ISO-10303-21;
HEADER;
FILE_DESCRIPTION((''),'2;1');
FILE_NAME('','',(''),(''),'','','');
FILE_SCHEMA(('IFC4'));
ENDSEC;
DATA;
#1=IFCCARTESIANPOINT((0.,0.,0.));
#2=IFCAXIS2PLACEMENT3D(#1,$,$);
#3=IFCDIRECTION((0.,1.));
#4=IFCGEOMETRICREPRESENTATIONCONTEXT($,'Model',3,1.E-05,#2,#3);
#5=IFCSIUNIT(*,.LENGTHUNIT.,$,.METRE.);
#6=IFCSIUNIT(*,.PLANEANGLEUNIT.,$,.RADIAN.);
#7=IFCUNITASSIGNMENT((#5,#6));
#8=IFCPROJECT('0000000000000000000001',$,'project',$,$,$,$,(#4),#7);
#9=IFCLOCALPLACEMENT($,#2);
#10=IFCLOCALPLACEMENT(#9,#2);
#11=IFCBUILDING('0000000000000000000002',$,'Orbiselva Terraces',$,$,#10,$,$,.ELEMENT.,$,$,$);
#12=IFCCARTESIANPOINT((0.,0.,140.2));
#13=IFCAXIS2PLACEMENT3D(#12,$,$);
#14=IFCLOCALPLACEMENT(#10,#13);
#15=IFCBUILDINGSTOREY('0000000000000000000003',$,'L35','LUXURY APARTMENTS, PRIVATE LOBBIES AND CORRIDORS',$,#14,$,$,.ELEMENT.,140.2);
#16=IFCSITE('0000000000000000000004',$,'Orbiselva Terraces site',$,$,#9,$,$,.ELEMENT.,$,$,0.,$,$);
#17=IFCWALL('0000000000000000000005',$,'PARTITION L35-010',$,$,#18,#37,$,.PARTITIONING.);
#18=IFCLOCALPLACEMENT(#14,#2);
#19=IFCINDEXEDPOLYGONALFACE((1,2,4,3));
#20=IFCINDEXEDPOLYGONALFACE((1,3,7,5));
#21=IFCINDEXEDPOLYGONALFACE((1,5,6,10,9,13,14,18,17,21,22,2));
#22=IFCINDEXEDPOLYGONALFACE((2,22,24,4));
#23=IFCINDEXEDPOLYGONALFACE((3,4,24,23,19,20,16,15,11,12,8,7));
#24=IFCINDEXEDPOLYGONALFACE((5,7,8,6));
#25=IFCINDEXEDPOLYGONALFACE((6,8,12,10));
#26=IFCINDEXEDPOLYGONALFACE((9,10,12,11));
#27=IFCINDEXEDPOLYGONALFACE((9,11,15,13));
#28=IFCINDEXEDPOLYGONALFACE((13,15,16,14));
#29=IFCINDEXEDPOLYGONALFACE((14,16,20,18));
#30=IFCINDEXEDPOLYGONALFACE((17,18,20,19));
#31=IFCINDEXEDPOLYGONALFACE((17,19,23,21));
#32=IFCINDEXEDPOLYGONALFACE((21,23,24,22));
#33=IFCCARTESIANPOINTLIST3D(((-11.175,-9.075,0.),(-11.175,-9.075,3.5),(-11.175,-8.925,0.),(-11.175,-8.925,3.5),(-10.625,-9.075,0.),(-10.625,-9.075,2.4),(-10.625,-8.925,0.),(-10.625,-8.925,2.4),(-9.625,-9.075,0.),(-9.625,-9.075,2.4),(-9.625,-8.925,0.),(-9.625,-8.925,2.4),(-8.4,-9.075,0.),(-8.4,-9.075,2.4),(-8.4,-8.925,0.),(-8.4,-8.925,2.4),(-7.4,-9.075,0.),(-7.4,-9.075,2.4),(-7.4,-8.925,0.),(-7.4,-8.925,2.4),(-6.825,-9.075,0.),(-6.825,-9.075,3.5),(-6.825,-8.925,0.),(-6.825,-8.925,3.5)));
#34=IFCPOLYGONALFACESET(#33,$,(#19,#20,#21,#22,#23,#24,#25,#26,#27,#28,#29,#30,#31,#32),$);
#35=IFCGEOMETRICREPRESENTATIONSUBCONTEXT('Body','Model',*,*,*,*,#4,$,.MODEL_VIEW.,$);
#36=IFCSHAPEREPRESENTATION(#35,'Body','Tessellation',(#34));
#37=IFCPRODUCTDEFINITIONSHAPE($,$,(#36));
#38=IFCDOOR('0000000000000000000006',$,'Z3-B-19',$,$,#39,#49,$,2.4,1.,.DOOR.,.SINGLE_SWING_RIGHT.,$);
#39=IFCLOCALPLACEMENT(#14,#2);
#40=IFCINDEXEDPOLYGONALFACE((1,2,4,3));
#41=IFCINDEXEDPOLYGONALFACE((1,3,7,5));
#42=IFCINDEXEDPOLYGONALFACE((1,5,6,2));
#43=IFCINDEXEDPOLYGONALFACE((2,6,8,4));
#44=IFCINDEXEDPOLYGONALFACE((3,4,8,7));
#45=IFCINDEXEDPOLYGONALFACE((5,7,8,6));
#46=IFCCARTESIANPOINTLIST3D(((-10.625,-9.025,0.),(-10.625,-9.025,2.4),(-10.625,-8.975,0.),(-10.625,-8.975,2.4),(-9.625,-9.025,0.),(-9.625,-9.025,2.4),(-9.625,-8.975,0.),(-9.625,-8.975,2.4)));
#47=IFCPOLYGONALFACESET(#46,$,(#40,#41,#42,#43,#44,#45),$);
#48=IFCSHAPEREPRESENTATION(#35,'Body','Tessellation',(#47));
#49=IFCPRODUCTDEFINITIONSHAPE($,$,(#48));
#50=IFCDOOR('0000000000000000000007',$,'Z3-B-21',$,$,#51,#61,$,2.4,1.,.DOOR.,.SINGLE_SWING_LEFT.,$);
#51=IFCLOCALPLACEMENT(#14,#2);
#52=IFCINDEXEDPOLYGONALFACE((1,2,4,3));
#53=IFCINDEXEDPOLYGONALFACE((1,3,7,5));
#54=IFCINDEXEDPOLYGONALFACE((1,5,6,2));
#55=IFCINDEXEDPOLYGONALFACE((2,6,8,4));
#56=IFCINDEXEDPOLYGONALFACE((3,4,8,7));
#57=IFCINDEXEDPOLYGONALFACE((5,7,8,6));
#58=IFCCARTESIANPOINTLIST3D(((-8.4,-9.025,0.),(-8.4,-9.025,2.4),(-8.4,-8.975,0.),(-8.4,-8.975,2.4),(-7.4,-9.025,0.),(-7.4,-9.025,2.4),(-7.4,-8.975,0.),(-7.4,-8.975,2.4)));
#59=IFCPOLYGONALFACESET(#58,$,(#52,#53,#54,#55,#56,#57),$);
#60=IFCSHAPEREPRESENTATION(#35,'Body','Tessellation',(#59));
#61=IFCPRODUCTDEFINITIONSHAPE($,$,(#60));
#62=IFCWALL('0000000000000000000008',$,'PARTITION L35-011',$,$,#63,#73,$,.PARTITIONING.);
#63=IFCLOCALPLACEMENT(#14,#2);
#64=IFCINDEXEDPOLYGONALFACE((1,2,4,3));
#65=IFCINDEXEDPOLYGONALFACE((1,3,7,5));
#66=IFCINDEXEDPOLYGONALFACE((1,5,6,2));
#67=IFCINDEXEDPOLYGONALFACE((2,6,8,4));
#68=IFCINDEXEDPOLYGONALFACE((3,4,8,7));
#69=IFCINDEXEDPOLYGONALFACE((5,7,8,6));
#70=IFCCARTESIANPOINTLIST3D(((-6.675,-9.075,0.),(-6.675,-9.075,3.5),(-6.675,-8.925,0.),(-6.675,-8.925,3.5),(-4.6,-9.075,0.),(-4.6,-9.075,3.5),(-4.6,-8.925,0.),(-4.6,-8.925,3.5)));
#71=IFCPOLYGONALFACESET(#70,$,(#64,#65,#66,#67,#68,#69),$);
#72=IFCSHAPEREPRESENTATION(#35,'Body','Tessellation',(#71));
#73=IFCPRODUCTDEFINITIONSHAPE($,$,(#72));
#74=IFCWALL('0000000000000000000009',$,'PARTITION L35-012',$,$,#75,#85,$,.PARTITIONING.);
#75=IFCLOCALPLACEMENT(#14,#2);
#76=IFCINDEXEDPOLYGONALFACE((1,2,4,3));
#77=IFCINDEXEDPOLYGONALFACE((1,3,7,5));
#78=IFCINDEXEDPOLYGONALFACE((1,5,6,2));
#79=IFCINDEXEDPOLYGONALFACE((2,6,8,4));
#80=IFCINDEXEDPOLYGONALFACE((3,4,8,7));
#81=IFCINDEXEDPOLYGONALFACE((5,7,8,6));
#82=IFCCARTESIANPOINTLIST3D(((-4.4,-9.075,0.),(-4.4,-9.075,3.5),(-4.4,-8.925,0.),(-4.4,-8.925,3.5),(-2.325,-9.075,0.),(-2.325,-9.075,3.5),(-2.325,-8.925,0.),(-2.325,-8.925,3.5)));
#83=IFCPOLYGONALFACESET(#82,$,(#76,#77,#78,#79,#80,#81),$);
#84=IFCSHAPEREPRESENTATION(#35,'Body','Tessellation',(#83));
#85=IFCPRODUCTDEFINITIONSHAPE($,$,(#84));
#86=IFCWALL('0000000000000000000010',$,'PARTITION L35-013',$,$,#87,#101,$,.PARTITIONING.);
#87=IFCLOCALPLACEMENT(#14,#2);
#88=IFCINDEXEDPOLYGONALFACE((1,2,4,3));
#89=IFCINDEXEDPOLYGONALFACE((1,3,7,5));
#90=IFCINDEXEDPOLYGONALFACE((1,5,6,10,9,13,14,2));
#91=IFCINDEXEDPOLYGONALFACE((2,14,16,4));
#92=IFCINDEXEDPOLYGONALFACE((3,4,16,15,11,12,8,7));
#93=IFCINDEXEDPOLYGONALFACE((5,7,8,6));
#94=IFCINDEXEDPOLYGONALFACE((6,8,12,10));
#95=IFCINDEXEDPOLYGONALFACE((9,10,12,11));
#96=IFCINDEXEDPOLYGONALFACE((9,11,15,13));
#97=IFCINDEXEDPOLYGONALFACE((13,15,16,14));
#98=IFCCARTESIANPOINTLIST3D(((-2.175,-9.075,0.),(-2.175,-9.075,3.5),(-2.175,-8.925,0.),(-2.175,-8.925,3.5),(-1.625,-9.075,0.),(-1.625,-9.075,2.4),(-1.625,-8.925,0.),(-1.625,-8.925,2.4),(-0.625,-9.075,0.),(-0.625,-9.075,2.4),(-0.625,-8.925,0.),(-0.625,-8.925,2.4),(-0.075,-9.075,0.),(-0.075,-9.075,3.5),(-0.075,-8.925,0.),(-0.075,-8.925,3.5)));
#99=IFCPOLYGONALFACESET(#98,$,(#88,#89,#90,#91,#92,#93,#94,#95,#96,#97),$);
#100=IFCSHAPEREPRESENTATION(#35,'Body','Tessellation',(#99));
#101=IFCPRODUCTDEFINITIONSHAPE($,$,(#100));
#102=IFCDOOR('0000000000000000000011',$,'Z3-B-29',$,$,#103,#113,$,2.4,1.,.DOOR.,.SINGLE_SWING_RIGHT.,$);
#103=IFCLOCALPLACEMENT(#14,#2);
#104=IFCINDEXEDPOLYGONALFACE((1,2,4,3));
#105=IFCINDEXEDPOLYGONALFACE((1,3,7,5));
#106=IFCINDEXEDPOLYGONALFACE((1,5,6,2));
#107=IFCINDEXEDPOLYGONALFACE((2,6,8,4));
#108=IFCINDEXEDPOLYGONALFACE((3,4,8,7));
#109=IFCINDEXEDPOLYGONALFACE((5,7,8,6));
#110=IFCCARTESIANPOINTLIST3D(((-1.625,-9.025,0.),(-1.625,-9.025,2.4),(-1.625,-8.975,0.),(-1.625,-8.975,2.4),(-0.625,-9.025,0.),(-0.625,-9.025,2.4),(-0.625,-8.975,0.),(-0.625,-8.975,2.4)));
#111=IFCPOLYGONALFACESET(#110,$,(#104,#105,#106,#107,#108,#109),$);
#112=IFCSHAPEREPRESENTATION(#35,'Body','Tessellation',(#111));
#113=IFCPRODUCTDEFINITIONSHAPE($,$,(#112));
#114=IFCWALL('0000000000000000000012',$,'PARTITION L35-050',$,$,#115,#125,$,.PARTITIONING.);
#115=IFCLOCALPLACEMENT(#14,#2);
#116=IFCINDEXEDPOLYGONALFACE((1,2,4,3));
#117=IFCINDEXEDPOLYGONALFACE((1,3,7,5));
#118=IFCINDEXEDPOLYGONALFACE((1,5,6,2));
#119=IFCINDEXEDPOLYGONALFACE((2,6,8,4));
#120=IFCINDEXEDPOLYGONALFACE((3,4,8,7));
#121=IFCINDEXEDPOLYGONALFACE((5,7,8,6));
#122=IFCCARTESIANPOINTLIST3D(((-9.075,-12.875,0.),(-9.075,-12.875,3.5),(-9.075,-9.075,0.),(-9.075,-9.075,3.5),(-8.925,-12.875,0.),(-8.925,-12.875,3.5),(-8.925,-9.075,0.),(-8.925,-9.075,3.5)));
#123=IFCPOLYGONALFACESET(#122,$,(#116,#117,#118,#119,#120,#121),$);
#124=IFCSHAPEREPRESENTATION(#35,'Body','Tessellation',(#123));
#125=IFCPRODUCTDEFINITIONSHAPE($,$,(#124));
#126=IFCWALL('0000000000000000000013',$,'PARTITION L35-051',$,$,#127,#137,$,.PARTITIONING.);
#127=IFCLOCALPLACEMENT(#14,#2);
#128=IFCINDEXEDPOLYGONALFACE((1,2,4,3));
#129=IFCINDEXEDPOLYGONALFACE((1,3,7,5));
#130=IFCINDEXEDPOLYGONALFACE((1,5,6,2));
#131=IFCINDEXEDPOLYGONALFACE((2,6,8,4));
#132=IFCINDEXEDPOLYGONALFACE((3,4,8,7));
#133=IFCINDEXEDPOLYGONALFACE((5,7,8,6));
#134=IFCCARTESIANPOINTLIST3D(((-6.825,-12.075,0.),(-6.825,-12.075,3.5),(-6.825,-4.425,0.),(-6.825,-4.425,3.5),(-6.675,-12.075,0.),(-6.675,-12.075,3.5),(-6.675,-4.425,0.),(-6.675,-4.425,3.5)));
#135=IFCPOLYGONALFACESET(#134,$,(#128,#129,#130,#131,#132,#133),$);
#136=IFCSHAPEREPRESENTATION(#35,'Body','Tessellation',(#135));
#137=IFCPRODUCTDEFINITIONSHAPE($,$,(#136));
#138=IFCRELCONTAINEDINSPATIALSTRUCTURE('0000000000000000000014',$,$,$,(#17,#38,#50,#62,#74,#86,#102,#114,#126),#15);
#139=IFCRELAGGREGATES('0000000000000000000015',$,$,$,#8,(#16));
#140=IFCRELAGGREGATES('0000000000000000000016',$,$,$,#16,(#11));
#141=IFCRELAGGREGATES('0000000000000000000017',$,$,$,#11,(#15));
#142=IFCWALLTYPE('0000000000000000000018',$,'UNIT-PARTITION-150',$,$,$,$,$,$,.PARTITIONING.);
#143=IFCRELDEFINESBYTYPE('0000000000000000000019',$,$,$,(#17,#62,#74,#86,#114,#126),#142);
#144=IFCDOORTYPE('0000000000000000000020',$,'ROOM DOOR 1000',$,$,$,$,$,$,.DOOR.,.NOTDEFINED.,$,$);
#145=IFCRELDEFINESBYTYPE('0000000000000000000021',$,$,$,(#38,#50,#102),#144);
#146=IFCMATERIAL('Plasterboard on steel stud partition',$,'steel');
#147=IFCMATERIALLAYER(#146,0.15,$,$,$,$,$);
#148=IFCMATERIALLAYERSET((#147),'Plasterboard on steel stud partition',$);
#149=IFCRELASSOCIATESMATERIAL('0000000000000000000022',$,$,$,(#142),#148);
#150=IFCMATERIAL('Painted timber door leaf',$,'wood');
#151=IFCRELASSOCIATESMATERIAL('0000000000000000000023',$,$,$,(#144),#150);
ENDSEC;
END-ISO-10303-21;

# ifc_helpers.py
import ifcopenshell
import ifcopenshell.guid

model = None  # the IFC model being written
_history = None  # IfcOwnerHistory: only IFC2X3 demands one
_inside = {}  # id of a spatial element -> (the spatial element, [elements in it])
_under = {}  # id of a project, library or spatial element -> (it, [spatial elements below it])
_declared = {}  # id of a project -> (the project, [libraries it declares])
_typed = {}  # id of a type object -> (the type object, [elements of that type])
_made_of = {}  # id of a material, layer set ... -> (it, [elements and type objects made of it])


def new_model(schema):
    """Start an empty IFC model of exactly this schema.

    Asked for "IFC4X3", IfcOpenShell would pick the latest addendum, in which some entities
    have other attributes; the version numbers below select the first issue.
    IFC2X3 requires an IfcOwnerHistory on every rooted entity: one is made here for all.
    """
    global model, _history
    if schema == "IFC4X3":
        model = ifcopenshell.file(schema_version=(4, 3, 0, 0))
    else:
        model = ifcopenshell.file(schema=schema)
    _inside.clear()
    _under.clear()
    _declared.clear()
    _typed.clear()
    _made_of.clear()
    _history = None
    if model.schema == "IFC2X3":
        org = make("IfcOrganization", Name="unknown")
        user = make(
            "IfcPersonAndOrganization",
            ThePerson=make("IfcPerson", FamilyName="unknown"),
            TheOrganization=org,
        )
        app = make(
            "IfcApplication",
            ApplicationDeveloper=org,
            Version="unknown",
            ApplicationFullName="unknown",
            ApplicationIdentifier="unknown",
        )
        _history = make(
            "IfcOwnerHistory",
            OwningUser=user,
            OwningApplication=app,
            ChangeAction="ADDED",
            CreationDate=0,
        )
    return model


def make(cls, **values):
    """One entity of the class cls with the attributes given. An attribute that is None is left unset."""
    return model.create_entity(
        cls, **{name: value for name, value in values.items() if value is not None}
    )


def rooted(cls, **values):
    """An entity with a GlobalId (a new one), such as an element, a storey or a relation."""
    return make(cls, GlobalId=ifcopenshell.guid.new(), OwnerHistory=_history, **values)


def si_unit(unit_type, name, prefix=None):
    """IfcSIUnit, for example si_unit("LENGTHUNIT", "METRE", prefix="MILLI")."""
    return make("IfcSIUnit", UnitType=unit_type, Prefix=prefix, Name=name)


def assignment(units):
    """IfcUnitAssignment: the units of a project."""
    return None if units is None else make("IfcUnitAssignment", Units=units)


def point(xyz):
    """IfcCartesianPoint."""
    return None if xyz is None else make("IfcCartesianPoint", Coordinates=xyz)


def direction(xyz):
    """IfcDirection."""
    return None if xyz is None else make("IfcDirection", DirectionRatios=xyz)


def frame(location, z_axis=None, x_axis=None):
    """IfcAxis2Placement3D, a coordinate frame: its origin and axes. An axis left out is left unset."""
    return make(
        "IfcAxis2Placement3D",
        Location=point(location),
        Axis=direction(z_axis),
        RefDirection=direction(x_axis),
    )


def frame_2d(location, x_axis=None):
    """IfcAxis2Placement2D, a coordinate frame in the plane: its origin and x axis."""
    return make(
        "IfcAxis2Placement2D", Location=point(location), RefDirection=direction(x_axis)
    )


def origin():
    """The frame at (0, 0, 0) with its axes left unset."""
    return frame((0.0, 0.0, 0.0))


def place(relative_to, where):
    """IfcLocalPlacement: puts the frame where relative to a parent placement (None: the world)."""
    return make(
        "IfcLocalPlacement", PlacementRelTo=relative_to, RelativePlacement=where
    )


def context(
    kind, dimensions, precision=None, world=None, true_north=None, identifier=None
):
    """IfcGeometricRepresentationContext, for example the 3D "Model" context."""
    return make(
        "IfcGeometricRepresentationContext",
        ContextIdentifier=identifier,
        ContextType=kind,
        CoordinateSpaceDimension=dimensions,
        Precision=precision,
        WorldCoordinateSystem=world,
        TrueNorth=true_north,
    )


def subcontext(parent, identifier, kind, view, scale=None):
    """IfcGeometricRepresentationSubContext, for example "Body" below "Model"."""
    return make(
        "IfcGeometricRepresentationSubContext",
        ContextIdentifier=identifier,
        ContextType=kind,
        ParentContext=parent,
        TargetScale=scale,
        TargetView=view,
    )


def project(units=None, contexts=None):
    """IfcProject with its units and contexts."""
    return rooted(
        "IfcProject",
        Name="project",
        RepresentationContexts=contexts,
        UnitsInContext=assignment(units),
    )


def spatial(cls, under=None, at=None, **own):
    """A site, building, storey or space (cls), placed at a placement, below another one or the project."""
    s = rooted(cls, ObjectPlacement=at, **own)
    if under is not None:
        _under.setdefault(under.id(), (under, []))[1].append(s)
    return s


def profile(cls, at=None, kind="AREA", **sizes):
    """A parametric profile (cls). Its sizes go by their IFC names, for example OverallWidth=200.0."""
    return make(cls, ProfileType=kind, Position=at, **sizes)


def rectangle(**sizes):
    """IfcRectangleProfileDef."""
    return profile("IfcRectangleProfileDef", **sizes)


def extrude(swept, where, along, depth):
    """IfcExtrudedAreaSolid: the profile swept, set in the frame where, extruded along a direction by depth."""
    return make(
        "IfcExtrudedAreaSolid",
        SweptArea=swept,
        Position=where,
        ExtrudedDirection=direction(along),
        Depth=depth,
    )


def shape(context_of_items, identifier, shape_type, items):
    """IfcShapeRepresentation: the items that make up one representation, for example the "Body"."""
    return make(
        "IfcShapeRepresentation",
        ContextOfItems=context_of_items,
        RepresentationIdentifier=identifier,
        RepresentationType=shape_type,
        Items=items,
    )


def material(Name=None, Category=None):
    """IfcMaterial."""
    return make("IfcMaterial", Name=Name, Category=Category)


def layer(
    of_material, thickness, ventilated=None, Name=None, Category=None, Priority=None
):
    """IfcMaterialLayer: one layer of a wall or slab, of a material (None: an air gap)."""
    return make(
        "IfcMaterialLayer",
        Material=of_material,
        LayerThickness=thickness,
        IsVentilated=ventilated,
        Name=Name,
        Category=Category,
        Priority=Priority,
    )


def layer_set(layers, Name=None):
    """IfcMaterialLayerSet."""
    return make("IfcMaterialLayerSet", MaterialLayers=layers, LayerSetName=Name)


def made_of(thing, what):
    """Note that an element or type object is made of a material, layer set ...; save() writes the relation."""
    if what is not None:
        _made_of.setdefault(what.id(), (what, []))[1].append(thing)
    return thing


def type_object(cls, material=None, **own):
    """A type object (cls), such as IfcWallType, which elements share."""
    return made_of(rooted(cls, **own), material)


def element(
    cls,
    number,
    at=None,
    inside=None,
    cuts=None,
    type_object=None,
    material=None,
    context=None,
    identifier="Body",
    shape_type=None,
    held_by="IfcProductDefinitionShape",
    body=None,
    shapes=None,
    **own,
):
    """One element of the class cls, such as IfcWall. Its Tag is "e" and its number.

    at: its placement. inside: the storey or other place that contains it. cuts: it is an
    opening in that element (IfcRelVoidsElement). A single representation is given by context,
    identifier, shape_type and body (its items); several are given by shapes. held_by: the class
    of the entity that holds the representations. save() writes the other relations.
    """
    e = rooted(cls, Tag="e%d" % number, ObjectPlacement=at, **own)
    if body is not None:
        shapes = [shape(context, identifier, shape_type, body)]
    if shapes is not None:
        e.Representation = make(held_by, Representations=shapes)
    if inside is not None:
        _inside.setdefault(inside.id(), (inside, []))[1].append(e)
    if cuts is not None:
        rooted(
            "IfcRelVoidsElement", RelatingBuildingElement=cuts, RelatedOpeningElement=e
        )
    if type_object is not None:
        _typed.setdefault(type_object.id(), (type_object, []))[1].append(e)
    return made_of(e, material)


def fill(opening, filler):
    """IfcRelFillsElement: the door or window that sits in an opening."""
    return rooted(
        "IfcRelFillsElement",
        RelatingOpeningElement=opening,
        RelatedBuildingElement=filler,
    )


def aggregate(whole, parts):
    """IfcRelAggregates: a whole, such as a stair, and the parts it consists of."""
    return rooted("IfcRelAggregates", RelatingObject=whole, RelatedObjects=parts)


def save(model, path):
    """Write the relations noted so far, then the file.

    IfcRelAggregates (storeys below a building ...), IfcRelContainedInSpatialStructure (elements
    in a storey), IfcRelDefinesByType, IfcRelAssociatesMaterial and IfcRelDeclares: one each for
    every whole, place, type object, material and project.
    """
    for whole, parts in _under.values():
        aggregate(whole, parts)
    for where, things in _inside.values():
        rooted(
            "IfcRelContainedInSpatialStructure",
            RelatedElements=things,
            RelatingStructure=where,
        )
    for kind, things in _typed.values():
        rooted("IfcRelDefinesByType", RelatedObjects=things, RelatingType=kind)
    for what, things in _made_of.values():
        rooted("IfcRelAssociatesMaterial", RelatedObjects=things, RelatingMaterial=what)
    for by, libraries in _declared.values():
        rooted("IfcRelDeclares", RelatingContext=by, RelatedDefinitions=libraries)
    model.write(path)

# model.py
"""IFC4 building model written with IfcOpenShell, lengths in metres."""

from ifc_helpers import new_model, si_unit, direction, frame, frame_2d, origin, place, context, subcontext, project, spatial, rectangle, extrude, material, layer, layer_set, type_object, element, fill, save


model = new_model("IFC4")

# Units and contexts
model_context = context("Model", 3, precision=1e-05, world=origin(), true_north=direction((0.0, 1.0)))
body_context = subcontext(model_context, "Body", "Model", "MODEL_VIEW")
ifc_project = project(units=[si_unit("LENGTHUNIT", "METRE"), si_unit("PLANEANGLEUNIT", "RADIAN")], contexts=[model_context])

# Site, building, storey
site_placement = place(None, origin())
site = spatial("IfcSite", under=ifc_project, at=site_placement, Name="Orbiselva Terraces site", CompositionType="ELEMENT", RefElevation=0.0)
building_placement = place(site_placement, origin())
building = spatial("IfcBuilding", under=site, at=building_placement, Name="Orbiselva Terraces", CompositionType="ELEMENT")
storey_placement = place(building_placement, frame((0.0, 0.0, 140.2)))
storey = spatial("IfcBuildingStorey", under=building, at=storey_placement, Name="L35", Description="LUXURY APARTMENTS, PRIVATE LOBBIES AND CORRIDORS", CompositionType="ELEMENT", Elevation=140.2)

# Shared definitions
ifc_material_1 = material(Name="Plasterboard on steel stud partition", Category="steel")
ifc_layer_1 = layer(ifc_material_1, 0.15)
ifc_layer_set_1 = layer_set([ifc_layer_1], Name="Plasterboard on steel stud partition")
wall_type_1 = type_object("IfcWallType", Name="UNIT-PARTITION-150", PredefinedType="PARTITIONING", material=ifc_layer_set_1)
ifc_material_2 = material(Name="Painted timber door leaf", Category="wood")

# Wall, openings, doors
wall_1_placement = place(storey_placement, frame((-6.825, -9.0, 0.0), z_axis=(0.0, 0.0, 1.0), x_axis=(-1.0, 0.0, 0.0)))
wall_1 = element("IfcWall", 1, at=wall_1_placement, inside=storey, type_object=wall_type_1, Name="PARTITION L35-010", PredefinedType="PARTITIONING", context=body_context, shape_type="SweptSolid", body=[
    extrude(rectangle(XDim=4.35, YDim=0.15, at=frame_2d((2.175, 0.0))), origin(), (0.0, 0.0, 1.0), 3.5),
])
opening_1_placement = place(wall_1_placement, frame((2.8, 0.0, 0.0)))
opening_1 = element("IfcOpeningElement", 2, at=opening_1_placement, cuts=wall_1, PredefinedType="OPENING", context=body_context, shape_type="SweptSolid", body=[
    extrude(rectangle(XDim=1.0, YDim=2.4, at=frame_2d((0.5, 1.2))), frame((0.0, 0.085, 0.0), z_axis=(0.0, -1.0, 0.0), x_axis=(1.0, 0.0, 0.0)), (0.0, 0.0, 1.0), 0.17),
])
opening_2_placement = place(wall_1_placement, frame((0.575, 0.0, 0.0)))
opening_2 = element("IfcOpeningElement", 3, at=opening_2_placement, cuts=wall_1, PredefinedType="OPENING", context=body_context, shape_type="SweptSolid", body=[
    extrude(rectangle(XDim=1.0, YDim=2.4, at=frame_2d((0.5, 1.2))), frame((0.0, 0.085, 0.0), z_axis=(0.0, -1.0, 0.0), x_axis=(1.0, 0.0, 0.0)), (0.0, 0.0, 1.0), 0.17),
])
door_type_1 = type_object("IfcDoorType", Name="ROOM DOOR 1000", OperationType="NOTDEFINED", PredefinedType="DOOR", material=ifc_material_2)
door_1_placement = place(opening_1_placement, origin())
door_1 = element("IfcDoor", 4, at=door_1_placement, inside=storey, type_object=door_type_1, Name="Z3-B-19", OperationType="SINGLE_SWING_RIGHT", OverallHeight=2.4, OverallWidth=1.0, PredefinedType="DOOR", context=body_context, shape_type="SweptSolid", body=[
    extrude(rectangle(XDim=1.0, YDim=2.4, at=frame_2d((0.5, 1.2))), frame((0.0, 0.025, 0.0), z_axis=(0.0, -1.0, 0.0), x_axis=(1.0, 0.0, 0.0)), (0.0, 0.0, 1.0), 0.05),
])
fill(opening_1, door_1)
door_2_placement = place(opening_2_placement, origin())
door_2 = element("IfcDoor", 5, at=door_2_placement, inside=storey, type_object=door_type_1, Name="Z3-B-21", OperationType="SINGLE_SWING_LEFT", OverallHeight=2.4, OverallWidth=1.0, PredefinedType="DOOR", context=body_context, shape_type="SweptSolid", body=[
    extrude(rectangle(XDim=1.0, YDim=2.4, at=frame_2d((0.5, 1.2))), frame((0.0, 0.025, 0.0), z_axis=(0.0, -1.0, 0.0), x_axis=(1.0, 0.0, 0.0)), (0.0, 0.0, 1.0), 0.05),
])
fill(opening_2, door_2)

# Walls
for number, where, z_axis, x_axis, name in (
    (6, (-6.675, -9.0, 0.0), (0.0, 0.0, 1.0), (1.0, 0.0, 0.0), "PARTITION L35-011"),
    (7, (-4.4, -9.0, 0.0), (0.0, 0.0, 1.0), (1.0, 0.0, 0.0), "PARTITION L35-012"),
):
    element("IfcWall", number, at=place(storey_placement, frame(where, z_axis=z_axis, x_axis=x_axis)), inside=storey, type_object=wall_type_1, Name=name, PredefinedType="PARTITIONING", context=body_context, shape_type="SweptSolid", body=[
        extrude(rectangle(XDim=2.075, YDim=0.15, at=frame_2d((1.0375, 0.0))), origin(), (0.0, 0.0, 1.0), 3.5),
    ])

# Wall, opening, door
wall_2_placement = place(storey_placement, frame((-0.075, -9.0, 0.0), z_axis=(0.0, 0.0, 1.0), x_axis=(-1.0, 0.0, 0.0)))
wall_2 = element("IfcWall", 8, at=wall_2_placement, inside=storey, type_object=wall_type_1, Name="PARTITION L35-013", PredefinedType="PARTITIONING", context=body_context, shape_type="SweptSolid", body=[
    extrude(rectangle(XDim=2.1, YDim=0.15, at=frame_2d((1.05, 0.0))), origin(), (0.0, 0.0, 1.0), 3.5),
])
opening_3_placement = place(wall_2_placement, frame((0.55, 0.0, 0.0)))
opening_3 = element("IfcOpeningElement", 9, at=opening_3_placement, cuts=wall_2, PredefinedType="OPENING", context=body_context, shape_type="SweptSolid", body=[
    extrude(rectangle(XDim=1.0, YDim=2.4, at=frame_2d((0.5, 1.2))), frame((0.0, 0.085, 0.0), z_axis=(0.0, -1.0, 0.0), x_axis=(1.0, 0.0, 0.0)), (0.0, 0.0, 1.0), 0.17),
])
door_3_placement = place(opening_3_placement, origin())
door_3 = element("IfcDoor", 10, at=door_3_placement, inside=storey, type_object=door_type_1, Name="Z3-B-29", OperationType="SINGLE_SWING_RIGHT", OverallHeight=2.4, OverallWidth=1.0, PredefinedType="DOOR", context=body_context, shape_type="SweptSolid", body=[
    extrude(rectangle(XDim=1.0, YDim=2.4, at=frame_2d((0.5, 1.2))), frame((0.0, 0.025, 0.0), z_axis=(0.0, -1.0, 0.0), x_axis=(1.0, 0.0, 0.0)), (0.0, 0.0, 1.0), 0.05),
])
fill(opening_3, door_3)

# Walls
wall_3_placement = place(storey_placement, frame((-9.0, -12.875, 0.0), z_axis=(0.0, 0.0, 1.0), x_axis=(0.0, 1.0, 0.0)))
element("IfcWall", 11, at=wall_3_placement, inside=storey, type_object=wall_type_1, Name="PARTITION L35-050", PredefinedType="PARTITIONING", context=body_context, shape_type="SweptSolid", body=[
    extrude(rectangle(XDim=3.8, YDim=0.15, at=frame_2d((1.9, 0.0))), origin(), (0.0, 0.0, 1.0), 3.5),
])
wall_4_placement = place(storey_placement, frame((-6.75, -12.075, 0.0), z_axis=(0.0, 0.0, 1.0), x_axis=(0.0, 1.0, 0.0)))
element("IfcWall", 12, at=wall_4_placement, inside=storey, type_object=wall_type_1, Name="PARTITION L35-051", PredefinedType="PARTITIONING", context=body_context, shape_type="SweptSolid", body=[
    extrude(rectangle(XDim=7.65, YDim=0.15, at=frame_2d((3.825, 0.0))), origin(), (0.0, 0.0, 1.0), 3.5),
])

save(model, "model.ifc")
